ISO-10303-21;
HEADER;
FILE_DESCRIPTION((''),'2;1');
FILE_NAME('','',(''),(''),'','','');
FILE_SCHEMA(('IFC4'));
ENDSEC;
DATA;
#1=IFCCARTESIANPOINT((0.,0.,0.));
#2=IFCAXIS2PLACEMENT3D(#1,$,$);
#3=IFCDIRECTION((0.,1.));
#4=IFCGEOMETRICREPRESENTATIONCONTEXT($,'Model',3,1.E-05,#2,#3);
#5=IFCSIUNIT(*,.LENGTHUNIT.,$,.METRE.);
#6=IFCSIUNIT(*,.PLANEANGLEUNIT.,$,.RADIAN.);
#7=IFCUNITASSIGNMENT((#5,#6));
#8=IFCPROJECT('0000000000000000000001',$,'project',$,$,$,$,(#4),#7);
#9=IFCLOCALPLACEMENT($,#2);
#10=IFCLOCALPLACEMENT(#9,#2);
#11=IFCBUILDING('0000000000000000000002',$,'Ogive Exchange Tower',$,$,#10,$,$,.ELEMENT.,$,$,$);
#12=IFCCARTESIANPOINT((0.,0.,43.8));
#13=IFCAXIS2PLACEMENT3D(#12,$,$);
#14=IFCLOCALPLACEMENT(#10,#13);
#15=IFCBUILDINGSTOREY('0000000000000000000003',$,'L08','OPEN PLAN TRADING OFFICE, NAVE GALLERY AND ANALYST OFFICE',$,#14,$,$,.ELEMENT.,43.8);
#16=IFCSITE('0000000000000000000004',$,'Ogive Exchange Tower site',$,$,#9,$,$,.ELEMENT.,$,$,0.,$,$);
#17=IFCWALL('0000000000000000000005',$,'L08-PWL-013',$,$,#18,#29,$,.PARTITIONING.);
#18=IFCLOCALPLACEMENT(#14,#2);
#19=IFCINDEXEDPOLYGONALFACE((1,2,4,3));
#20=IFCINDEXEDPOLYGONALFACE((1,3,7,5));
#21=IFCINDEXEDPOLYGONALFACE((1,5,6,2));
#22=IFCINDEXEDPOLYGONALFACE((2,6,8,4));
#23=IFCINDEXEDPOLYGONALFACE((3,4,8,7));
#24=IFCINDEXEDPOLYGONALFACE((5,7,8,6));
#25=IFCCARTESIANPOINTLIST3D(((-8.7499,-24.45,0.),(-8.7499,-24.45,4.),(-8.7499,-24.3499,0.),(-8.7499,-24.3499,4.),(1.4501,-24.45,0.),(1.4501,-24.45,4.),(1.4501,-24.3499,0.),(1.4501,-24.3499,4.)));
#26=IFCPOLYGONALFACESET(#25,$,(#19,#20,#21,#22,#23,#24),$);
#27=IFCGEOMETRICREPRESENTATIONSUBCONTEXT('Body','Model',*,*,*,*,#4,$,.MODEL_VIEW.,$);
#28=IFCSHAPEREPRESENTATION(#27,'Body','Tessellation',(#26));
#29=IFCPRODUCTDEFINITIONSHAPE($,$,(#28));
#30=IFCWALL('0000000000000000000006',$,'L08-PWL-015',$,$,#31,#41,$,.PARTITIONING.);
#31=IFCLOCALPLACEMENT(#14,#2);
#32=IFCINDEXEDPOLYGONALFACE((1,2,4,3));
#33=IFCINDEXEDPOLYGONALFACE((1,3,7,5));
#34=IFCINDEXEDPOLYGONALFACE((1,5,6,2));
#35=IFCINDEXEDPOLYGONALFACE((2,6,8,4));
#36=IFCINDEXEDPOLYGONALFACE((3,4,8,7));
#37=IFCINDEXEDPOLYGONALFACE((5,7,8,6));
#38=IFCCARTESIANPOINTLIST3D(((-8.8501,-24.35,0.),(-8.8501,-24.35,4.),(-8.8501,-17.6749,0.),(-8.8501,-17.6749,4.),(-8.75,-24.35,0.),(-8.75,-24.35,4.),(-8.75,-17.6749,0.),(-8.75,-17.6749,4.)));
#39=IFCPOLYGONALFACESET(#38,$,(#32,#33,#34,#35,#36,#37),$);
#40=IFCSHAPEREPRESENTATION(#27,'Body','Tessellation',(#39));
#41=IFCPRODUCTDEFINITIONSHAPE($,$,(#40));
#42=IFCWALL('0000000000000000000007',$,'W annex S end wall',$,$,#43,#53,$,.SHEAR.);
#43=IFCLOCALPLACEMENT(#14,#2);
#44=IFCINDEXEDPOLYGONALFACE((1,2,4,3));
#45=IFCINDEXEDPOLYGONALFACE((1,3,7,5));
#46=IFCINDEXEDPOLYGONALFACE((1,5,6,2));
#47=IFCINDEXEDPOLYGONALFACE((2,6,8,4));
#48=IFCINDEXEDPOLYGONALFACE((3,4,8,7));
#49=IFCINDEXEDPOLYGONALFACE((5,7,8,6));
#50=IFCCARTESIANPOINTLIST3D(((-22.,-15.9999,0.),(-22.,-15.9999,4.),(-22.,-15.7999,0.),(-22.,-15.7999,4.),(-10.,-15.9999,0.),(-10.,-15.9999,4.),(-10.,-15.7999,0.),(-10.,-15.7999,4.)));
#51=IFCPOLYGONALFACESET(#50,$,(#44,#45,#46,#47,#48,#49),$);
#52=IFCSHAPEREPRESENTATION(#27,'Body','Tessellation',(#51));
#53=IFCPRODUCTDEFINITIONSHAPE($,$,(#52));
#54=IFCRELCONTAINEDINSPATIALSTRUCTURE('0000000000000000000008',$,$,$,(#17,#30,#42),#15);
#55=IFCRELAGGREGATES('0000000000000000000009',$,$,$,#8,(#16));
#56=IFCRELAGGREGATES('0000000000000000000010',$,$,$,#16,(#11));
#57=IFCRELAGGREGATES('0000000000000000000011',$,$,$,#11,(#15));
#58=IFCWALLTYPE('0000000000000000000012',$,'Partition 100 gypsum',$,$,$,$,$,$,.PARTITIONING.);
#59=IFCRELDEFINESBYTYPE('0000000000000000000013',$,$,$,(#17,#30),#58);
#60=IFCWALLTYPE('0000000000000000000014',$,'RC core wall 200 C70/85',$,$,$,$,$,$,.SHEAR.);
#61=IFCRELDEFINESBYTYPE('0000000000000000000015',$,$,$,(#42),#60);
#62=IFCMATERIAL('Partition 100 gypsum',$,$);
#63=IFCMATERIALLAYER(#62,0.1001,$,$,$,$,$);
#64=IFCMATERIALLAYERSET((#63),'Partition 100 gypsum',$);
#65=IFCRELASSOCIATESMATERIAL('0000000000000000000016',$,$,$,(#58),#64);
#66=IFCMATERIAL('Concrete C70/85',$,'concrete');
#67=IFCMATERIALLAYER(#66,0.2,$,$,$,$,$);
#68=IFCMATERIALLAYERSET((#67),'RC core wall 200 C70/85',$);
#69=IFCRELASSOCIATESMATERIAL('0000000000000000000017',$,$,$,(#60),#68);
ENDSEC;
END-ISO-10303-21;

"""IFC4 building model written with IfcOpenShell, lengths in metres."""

from ifc_helpers import new_model, si_unit, direction, frame, frame_2d, origin, place, context, subcontext, project, spatial, rectangle, extrude, material, layer, layer_set, type_object, element, save


model = new_model("IFC4")

# Units and contexts
model_context = context("Model", 3, precision=1e-05, world=origin(), true_north=direction((0.0, 1.0)))
body_context = subcontext(model_context, "Body", "Model", "MODEL_VIEW")
ifc_project = project(units=[si_unit("LENGTHUNIT", "METRE"), si_unit("PLANEANGLEUNIT", "RADIAN")], contexts=[model_context])

# Site, building, storey
site_placement = place(None, origin())
site = spatial("IfcSite", under=ifc_project, at=site_placement, Name="Ogive Exchange Tower site", CompositionType="ELEMENT", RefElevation=0.0)
building_placement = place(site_placement, origin())
building = spatial("IfcBuilding", under=site, at=building_placement, Name="Ogive Exchange Tower", CompositionType="ELEMENT")
storey_placement = place(building_placement, frame((0.0, 0.0, 43.8)))
storey = spatial("IfcBuildingStorey", under=building, at=storey_placement, Name="L08", Description="OPEN PLAN TRADING OFFICE, NAVE GALLERY AND ANALYST OFFICE", CompositionType="ELEMENT", Elevation=43.8)

# Shared definitions
ifc_material_1 = material(Name="Partition 100 gypsum")
ifc_layer_1 = layer(ifc_material_1, 0.1001)
ifc_layer_set_1 = layer_set([ifc_layer_1], Name="Partition 100 gypsum")
wall_type_1 = type_object("IfcWallType", Name="Partition 100 gypsum", PredefinedType="PARTITIONING", material=ifc_layer_set_1)

# Walls
wall_1_placement = place(storey_placement, frame((-8.75, -24.3999, 0.0), z_axis=(0.0, 0.0, 1.0), x_axis=(1.0, 0.0, 0.0)))
element("IfcWall", 1, at=wall_1_placement, inside=storey, type_object=wall_type_1, Name="L08-PWL-013", PredefinedType="PARTITIONING", context=body_context, shape_type="SweptSolid", body=[
    extrude(rectangle(XDim=10.2, YDim=0.1001, at=frame_2d((5.1001, 0.0))), origin(), (0.0, 0.0, 1.0), 4.0),
])
wall_2_placement = place(storey_placement, frame((-8.8, -17.675, 0.0), z_axis=(0.0, 0.0, 1.0), x_axis=(0.0, -1.0, 0.0)))
element("IfcWall", 2, at=wall_2_placement, inside=storey, type_object=wall_type_1, Name="L08-PWL-015", PredefinedType="PARTITIONING", context=body_context, shape_type="SweptSolid", body=[
    extrude(rectangle(XDim=6.675, YDim=0.1001, at=frame_2d((3.3374, 0.0))), origin(), (0.0, 0.0, 1.0), 4.0),
])
ifc_material_2 = material(Name="Concrete C70/85", Category="concrete")
ifc_layer_2 = layer(ifc_material_2, 0.2)
ifc_layer_set_2 = layer_set([ifc_layer_2], Name="RC core wall 200 C70/85")
wall_type_2 = type_object("IfcWallType", Name="RC core wall 200 C70/85", PredefinedType="SHEAR", material=ifc_layer_set_2)
wall_3_placement = place(storey_placement, frame((-22.0, -15.8999, 0.0), z_axis=(0.0, 0.0, 1.0), x_axis=(1.0, 0.0, 0.0)))
element("IfcWall", 3, at=wall_3_placement, inside=storey, type_object=wall_type_2, Name="W annex S end wall", PredefinedType="SHEAR", context=body_context, shape_type="SweptSolid", body=[
    extrude(rectangle(XDim=12.0, YDim=0.2, at=frame_2d((6.0, 0.0))), origin(), (0.0, 0.0, 1.0), 4.0),
])

save(model, "model.ifc")
